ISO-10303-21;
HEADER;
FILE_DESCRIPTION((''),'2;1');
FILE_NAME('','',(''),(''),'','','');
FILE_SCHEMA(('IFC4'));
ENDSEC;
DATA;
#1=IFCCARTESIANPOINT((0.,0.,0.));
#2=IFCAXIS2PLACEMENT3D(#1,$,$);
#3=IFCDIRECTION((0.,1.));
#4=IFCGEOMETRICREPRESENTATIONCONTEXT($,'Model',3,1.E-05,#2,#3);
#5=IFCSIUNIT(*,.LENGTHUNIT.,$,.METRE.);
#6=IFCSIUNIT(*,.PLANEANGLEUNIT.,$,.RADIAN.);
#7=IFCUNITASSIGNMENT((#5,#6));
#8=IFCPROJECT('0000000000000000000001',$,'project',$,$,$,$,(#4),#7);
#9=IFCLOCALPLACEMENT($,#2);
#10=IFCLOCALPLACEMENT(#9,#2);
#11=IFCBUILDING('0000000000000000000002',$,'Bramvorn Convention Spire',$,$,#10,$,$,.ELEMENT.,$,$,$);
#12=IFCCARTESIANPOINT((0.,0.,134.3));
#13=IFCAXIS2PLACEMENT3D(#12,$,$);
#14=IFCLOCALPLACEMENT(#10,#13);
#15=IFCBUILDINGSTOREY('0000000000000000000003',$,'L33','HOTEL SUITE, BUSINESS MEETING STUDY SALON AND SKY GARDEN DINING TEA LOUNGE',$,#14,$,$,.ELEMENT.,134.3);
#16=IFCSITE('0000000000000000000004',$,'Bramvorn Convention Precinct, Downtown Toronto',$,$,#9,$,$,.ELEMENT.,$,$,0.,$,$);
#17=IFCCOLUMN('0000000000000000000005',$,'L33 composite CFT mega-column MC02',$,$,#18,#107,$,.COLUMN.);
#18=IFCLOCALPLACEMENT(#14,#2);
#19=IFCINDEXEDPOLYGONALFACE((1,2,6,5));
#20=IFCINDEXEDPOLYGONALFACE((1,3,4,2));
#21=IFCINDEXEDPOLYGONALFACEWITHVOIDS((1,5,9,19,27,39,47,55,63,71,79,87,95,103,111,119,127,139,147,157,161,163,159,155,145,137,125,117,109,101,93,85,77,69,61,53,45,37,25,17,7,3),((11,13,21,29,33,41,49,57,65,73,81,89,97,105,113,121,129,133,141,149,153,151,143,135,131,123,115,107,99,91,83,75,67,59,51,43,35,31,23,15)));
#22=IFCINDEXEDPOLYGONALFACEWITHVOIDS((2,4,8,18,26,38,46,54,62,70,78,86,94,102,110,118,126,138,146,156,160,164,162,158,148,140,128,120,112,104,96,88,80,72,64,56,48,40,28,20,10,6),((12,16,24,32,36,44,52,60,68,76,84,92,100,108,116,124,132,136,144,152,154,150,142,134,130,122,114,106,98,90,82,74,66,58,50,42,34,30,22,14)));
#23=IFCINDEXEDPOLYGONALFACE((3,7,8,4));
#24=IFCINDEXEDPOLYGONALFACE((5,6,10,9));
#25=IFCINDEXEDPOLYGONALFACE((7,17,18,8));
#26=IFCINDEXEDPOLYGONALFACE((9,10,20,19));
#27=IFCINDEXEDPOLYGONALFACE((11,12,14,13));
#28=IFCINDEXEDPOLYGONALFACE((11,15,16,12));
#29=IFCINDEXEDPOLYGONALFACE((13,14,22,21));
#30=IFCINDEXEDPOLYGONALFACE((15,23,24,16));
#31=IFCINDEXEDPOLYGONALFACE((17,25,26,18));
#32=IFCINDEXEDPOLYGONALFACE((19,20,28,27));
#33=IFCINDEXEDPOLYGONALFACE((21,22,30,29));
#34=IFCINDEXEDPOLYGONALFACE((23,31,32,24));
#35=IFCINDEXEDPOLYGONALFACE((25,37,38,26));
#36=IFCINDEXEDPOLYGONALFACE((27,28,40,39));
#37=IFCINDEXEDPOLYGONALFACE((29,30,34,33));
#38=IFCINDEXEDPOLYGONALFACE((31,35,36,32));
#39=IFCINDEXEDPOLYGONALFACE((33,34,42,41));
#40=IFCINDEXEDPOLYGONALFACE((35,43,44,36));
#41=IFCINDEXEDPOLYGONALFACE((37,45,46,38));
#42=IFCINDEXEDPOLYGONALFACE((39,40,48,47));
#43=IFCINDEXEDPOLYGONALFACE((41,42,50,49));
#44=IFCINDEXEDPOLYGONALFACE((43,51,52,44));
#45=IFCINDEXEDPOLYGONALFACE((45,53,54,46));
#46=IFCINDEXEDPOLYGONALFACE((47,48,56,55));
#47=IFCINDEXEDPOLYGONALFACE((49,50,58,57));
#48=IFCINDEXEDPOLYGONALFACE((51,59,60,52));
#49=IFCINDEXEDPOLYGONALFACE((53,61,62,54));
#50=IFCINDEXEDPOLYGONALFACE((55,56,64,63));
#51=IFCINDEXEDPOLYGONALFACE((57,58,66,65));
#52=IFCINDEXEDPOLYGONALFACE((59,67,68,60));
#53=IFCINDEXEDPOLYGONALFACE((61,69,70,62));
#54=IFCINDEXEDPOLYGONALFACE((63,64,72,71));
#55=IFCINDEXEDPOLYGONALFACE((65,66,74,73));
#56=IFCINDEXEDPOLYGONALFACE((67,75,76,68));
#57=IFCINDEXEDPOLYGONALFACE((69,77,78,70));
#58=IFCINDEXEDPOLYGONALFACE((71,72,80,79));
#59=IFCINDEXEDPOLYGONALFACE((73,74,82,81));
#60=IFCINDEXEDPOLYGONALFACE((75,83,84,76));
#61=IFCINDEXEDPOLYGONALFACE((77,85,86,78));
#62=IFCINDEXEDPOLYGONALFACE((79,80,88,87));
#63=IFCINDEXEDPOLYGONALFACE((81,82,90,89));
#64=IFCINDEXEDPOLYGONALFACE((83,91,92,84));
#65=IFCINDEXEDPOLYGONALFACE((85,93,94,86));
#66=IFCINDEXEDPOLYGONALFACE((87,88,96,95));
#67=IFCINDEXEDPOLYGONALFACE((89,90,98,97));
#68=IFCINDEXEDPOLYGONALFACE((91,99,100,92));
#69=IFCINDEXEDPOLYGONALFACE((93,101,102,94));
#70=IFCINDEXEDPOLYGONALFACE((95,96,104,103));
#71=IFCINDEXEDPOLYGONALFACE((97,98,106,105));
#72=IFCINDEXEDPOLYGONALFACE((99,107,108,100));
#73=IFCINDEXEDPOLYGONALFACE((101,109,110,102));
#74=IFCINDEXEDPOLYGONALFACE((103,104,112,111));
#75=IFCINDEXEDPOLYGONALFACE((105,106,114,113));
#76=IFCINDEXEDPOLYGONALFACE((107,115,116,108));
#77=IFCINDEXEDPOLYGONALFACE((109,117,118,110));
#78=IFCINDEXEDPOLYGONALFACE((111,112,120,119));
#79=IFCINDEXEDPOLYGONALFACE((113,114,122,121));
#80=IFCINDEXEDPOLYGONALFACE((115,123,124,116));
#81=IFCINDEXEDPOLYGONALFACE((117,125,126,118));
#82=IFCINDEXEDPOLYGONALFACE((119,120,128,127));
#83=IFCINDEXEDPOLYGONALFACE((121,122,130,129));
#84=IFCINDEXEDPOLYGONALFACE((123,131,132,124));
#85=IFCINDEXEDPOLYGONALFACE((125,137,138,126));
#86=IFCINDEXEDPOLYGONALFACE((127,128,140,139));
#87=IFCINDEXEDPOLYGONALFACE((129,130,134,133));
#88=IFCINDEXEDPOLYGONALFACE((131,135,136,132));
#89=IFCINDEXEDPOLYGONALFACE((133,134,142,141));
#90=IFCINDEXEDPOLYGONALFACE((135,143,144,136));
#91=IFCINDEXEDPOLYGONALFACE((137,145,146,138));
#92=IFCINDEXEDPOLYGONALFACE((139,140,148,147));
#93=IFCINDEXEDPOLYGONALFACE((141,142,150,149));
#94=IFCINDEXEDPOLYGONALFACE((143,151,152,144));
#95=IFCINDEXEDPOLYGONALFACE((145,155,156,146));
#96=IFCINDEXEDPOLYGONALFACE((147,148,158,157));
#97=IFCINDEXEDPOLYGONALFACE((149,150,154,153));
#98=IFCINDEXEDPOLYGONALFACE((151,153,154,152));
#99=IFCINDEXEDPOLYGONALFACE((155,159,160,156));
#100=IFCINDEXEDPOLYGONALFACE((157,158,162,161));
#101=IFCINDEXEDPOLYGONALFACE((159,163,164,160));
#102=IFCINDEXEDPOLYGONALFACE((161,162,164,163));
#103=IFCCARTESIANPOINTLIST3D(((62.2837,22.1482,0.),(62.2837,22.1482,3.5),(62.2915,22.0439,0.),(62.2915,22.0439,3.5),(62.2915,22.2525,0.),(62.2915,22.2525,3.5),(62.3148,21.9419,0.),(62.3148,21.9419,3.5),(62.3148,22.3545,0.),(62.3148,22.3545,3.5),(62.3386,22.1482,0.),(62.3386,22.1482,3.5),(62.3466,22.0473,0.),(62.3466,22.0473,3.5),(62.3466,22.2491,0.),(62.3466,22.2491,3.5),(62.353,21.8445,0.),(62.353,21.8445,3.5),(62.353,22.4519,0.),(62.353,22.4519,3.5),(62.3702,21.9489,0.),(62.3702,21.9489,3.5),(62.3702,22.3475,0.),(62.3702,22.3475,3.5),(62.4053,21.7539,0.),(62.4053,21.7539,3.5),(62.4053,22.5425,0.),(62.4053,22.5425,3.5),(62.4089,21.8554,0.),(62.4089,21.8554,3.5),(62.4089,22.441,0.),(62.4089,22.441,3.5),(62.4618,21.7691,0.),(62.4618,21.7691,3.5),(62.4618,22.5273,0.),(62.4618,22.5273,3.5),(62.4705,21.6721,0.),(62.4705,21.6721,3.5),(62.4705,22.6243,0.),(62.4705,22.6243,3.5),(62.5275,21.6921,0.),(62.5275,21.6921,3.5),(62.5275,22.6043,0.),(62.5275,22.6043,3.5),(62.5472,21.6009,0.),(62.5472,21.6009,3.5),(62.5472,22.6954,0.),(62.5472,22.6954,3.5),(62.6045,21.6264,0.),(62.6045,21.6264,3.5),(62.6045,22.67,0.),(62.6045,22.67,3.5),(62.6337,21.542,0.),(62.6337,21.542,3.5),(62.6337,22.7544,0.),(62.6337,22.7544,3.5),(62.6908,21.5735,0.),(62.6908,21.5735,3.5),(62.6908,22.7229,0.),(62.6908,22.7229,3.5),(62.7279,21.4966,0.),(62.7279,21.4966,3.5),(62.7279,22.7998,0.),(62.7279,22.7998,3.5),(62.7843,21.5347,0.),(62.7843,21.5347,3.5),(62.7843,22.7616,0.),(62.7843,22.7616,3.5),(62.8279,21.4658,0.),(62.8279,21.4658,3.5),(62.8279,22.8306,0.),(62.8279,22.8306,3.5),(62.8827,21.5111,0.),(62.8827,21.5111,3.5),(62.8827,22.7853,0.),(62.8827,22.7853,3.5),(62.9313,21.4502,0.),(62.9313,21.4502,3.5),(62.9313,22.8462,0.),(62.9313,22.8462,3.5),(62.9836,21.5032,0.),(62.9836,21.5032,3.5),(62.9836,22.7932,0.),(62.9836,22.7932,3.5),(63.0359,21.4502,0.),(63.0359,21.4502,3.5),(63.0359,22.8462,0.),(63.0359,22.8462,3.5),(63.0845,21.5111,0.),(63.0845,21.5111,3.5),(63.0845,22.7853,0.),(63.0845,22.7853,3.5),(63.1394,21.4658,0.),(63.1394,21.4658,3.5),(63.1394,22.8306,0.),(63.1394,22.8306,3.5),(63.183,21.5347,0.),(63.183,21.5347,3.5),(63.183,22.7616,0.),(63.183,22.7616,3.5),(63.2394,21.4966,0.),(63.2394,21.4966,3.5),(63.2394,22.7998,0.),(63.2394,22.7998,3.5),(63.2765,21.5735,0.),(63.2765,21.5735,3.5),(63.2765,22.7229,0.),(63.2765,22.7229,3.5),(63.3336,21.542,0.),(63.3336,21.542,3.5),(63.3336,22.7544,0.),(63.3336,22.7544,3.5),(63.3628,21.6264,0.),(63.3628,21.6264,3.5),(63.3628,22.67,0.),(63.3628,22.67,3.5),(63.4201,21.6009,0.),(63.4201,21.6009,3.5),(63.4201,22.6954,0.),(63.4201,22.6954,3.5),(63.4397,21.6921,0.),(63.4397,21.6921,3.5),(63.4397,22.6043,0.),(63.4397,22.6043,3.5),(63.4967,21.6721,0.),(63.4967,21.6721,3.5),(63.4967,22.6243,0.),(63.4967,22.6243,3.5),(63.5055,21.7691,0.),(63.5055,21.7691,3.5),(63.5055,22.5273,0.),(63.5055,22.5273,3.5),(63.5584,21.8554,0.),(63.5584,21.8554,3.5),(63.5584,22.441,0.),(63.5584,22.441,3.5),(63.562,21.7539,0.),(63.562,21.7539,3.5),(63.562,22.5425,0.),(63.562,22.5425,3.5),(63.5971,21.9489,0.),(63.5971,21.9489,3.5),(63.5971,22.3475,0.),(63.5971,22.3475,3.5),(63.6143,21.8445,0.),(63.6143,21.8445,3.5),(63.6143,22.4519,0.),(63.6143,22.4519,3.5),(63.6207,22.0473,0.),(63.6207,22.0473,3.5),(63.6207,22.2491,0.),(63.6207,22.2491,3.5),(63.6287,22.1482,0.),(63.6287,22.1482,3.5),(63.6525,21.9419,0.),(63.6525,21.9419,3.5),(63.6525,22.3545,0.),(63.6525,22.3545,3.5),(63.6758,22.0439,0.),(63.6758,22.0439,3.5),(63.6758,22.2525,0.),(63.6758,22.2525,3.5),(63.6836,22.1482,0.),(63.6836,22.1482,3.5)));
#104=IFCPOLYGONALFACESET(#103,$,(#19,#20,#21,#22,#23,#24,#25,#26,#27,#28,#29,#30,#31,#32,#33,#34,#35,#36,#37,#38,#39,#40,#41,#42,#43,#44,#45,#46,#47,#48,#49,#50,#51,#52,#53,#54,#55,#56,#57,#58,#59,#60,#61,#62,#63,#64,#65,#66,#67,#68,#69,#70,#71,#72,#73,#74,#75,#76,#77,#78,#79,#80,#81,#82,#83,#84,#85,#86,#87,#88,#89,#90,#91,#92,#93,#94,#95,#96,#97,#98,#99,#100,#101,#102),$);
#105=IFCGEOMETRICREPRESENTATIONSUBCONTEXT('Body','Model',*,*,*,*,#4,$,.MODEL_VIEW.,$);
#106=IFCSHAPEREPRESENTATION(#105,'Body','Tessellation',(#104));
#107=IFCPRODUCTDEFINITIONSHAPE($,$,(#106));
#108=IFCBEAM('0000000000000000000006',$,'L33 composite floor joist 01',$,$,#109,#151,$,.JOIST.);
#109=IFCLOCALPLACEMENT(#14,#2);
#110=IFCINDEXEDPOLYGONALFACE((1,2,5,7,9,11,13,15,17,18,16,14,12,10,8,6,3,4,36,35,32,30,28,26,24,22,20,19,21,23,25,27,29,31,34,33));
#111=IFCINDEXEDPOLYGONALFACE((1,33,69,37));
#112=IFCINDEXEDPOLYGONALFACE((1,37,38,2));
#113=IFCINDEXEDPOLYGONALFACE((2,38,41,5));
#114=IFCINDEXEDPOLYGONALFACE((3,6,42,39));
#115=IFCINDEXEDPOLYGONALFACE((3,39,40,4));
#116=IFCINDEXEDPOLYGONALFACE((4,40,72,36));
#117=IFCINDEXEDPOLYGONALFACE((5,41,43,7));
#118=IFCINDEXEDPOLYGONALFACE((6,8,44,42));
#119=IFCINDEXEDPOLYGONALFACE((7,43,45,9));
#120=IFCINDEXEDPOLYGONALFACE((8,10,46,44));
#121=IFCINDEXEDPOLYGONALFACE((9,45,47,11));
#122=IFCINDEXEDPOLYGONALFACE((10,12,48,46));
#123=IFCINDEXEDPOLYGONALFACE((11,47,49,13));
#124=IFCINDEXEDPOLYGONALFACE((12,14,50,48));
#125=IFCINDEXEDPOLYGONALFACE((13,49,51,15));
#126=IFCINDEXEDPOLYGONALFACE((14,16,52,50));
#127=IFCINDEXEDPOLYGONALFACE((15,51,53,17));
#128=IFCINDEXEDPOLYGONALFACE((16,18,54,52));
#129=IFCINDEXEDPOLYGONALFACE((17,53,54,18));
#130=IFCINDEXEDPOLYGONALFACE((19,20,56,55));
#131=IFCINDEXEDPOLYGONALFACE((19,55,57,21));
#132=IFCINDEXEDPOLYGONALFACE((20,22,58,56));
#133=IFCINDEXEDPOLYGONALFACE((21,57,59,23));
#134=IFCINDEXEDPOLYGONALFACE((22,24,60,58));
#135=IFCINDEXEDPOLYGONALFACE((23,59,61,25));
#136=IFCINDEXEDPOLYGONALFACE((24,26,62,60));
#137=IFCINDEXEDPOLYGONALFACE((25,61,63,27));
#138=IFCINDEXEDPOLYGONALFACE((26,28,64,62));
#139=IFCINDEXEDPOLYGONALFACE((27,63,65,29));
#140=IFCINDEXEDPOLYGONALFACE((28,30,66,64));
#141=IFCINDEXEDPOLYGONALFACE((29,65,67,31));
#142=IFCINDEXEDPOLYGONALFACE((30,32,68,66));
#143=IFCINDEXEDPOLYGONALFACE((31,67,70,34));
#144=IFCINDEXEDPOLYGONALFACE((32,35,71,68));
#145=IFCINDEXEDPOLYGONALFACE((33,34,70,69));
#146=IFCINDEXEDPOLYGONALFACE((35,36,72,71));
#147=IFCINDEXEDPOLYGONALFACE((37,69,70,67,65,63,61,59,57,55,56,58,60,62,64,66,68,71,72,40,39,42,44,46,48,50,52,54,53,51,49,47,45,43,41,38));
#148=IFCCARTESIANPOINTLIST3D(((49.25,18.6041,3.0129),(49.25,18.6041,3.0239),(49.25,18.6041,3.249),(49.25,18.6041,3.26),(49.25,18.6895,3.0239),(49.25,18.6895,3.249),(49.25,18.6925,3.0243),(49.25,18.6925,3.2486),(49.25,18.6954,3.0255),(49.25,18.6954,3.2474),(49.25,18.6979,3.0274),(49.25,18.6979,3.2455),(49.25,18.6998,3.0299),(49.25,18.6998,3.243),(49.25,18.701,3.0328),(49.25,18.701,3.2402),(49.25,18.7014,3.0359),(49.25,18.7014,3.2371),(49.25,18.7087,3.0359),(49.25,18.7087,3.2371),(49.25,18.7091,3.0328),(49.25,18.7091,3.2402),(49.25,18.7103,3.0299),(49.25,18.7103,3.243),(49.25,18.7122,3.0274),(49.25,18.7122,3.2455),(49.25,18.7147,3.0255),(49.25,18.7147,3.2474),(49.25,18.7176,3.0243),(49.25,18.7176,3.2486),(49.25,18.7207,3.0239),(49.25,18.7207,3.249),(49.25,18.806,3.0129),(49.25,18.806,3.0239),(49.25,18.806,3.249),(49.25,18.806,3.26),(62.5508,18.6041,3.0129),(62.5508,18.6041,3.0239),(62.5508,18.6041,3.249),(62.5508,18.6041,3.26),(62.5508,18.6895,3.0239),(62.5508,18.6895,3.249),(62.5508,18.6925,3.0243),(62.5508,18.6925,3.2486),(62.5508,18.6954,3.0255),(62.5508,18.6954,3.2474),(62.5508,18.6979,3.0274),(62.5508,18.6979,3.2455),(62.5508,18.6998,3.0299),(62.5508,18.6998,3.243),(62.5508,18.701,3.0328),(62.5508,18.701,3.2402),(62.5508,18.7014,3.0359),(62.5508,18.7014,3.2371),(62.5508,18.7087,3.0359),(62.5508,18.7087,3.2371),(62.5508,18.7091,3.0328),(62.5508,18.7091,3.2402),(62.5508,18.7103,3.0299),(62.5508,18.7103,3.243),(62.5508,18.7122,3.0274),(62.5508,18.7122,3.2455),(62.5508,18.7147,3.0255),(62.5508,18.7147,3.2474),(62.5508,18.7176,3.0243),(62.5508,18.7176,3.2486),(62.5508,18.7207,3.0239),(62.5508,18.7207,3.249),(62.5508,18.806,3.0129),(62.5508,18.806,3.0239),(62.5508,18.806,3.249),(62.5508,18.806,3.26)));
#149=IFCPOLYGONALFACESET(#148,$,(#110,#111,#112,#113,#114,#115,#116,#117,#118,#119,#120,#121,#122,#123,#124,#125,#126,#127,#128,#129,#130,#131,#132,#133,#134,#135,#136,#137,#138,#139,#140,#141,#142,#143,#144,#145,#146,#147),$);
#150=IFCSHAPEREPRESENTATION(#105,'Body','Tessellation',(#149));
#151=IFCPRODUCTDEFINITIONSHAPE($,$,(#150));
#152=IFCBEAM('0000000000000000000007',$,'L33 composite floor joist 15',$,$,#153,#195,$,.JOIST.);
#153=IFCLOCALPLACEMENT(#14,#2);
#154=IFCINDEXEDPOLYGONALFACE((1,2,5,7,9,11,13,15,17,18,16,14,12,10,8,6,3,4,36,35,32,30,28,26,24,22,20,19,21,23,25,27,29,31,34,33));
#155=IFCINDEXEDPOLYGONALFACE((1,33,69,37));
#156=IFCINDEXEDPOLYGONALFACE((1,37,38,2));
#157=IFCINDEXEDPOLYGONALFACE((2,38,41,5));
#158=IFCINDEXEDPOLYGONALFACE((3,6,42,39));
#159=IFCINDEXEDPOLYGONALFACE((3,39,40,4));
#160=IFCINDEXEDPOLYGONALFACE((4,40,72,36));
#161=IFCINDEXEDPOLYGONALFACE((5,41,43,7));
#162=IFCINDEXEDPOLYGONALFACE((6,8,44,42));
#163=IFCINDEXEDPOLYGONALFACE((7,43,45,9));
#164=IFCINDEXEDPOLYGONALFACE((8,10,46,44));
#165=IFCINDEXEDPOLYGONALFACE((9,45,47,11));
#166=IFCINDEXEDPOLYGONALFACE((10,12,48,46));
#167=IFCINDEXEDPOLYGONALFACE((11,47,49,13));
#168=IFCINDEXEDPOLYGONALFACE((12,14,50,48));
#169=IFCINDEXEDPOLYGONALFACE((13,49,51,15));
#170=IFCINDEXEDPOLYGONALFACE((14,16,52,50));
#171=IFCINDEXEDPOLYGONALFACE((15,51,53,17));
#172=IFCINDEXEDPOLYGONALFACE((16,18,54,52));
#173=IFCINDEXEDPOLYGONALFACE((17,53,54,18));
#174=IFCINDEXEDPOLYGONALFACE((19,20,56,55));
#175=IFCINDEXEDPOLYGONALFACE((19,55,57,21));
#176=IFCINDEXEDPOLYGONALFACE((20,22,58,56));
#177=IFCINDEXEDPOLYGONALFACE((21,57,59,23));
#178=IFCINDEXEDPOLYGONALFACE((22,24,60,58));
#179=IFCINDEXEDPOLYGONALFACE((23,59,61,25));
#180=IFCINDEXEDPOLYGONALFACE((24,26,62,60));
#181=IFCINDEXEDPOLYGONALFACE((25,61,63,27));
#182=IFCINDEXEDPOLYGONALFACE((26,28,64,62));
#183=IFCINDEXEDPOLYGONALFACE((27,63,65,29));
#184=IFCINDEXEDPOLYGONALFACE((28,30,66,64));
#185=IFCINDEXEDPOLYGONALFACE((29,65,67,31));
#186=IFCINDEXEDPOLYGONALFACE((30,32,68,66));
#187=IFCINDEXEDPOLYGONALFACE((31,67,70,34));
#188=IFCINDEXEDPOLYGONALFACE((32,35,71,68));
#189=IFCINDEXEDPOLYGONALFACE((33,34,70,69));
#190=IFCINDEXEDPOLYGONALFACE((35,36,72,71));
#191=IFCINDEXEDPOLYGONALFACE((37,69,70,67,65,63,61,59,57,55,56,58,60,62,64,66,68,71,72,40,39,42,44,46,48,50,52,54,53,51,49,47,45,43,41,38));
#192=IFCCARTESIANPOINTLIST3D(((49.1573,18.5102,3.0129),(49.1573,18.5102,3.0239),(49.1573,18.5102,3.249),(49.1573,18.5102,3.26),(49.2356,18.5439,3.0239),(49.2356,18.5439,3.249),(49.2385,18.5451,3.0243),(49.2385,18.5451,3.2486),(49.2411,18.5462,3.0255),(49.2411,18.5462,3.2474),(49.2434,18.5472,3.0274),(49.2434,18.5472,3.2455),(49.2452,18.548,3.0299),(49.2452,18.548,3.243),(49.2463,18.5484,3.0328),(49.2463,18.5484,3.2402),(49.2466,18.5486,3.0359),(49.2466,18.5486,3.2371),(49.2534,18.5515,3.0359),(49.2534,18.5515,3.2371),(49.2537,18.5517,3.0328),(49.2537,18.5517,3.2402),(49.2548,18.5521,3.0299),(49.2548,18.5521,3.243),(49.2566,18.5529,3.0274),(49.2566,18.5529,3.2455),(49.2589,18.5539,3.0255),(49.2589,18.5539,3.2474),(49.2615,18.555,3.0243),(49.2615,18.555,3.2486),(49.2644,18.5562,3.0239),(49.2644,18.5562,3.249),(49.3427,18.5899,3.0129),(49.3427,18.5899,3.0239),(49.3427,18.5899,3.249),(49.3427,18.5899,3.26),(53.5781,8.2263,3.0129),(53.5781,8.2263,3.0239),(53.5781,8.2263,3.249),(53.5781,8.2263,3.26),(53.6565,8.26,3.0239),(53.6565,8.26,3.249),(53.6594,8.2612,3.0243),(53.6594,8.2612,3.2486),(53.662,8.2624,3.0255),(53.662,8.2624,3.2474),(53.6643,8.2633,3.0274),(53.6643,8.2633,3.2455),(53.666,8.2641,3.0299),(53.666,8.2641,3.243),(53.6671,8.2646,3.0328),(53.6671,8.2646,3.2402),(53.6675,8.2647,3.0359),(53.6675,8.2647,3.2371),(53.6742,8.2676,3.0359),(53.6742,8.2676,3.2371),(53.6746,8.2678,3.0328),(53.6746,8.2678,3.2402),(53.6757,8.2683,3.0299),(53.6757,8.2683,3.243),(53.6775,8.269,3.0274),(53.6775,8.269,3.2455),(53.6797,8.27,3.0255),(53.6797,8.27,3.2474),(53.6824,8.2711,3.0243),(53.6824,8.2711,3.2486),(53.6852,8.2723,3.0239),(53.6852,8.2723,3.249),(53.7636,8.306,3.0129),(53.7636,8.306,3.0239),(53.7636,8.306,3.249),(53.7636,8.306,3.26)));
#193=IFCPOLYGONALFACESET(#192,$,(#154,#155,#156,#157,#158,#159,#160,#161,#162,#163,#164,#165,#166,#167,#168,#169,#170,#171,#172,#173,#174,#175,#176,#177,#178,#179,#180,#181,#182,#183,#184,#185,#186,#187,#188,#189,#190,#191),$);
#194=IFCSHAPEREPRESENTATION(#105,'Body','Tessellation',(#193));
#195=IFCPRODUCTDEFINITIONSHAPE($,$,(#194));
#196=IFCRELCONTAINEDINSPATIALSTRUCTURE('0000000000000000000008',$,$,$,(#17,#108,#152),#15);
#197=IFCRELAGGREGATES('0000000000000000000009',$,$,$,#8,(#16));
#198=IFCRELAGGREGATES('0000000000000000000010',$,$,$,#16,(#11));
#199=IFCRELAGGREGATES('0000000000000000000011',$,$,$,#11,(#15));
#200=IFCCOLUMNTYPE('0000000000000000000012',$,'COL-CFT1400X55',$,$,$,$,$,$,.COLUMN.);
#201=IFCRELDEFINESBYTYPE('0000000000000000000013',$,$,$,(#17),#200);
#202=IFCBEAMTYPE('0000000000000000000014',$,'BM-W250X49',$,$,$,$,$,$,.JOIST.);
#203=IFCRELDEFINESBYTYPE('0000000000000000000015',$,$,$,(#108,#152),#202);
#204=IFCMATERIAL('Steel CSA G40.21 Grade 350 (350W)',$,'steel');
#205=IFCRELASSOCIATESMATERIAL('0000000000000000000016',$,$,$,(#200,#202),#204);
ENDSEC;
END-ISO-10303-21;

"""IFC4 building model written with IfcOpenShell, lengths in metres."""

from ifc_helpers import new_model, si_unit, direction, frame, origin, origin_2d, place, context, subcontext, project, spatial, hollow_circle, i_section, extrude, material, material_profile, profile_set, type_object, element, save


model = new_model("IFC4")

# Units and contexts
model_context = context("Model", 3, precision=1e-05, world=origin(), true_north=direction((0.0, 1.0)))
body_context = subcontext(model_context, "Body", "Model", "MODEL_VIEW")
ifc_project = project(units=[si_unit("LENGTHUNIT", "METRE"), si_unit("PLANEANGLEUNIT", "RADIAN")], contexts=[model_context])

# Site, building, storey
site_placement = place(None, origin())
site = spatial("IfcSite", under=ifc_project, at=site_placement, Name="Bramvorn Convention Precinct, Downtown Toronto", CompositionType="ELEMENT", RefElevation=0.0)
building_placement = place(site_placement, origin())
building = spatial("IfcBuilding", under=site, at=building_placement, Name="Bramvorn Convention Spire", CompositionType="ELEMENT")
storey_placement = place(building_placement, frame((0.0, 0.0, 134.3)))
storey = spatial("IfcBuildingStorey", under=building, at=storey_placement, Name="L33", Description="HOTEL SUITE, BUSINESS MEETING STUDY SALON AND SKY GARDEN DINING TEA LOUNGE", CompositionType="ELEMENT", Elevation=134.3)

# Column
ifc_material_1 = material(Name="Steel CSA G40.21 Grade 350 (350W)", Category="steel")
ifc_material_profile_1 = material_profile(ifc_material_1, hollow_circle(Radius=0.7, WallThickness=0.0549, at=origin_2d()))
ifc_profile_set_1 = profile_set([ifc_material_profile_1], Name="Steel CSA G40.21 Grade 350 (350W) - CFT1400X55")
column_type = type_object("IfcColumnType", Name="COL-CFT1400X55", PredefinedType="COLUMN", material=ifc_profile_set_1)
column_placement = place(storey_placement, frame((62.9836, 22.1482, 0.0), z_axis=(0.0, 0.0, 1.0), x_axis=(1.0, 0.0, 0.0)))
element("IfcColumn", 1, at=column_placement, inside=storey, type_object=column_type, Name="L33 composite CFT mega-column MC02", PredefinedType="COLUMN", context=body_context, shape_type="SweptSolid", body=[
    extrude(hollow_circle(Radius=0.7, WallThickness=0.0549, at=origin_2d()), origin(), (0.0, 0.0, 1.0), 3.5),
])

# Beams
ifc_material_profile_2 = material_profile(ifc_material_1, i_section(OverallWidth=0.2019, OverallDepth=0.2471, WebThickness=0.0073, FlangeThickness=0.011, FilletRadius=0.012, at=origin_2d()))
ifc_profile_set_2 = profile_set([ifc_material_profile_2], Name="Steel CSA G40.21 Grade 350 (350W) - W250X49")
beam_type_1 = type_object("IfcBeamType", Name="BM-W250X49", PredefinedType="JOIST", material=ifc_profile_set_2)
beam_1_placement = place(storey_placement, frame((49.25, 18.7051, 3.1365), z_axis=(1.0, 0.0, 0.0), x_axis=(0.0, 1.0, 0.0)))
element("IfcBeam", 2, at=beam_1_placement, inside=storey, type_object=beam_type_1, Name="L33 composite floor joist 01", PredefinedType="JOIST", context=body_context, shape_type="SweptSolid", body=[
    extrude(i_section(OverallWidth=0.2019, OverallDepth=0.2471, WebThickness=0.0073, FlangeThickness=0.011, FilletRadius=0.012, at=origin_2d()), origin(), (0.0, 0.0, 1.0), 13.3008),
])
beam_2_placement = place(storey_placement, frame((49.25, 18.55, 3.1365), z_axis=(0.394938, -0.918708, 0.0), x_axis=(0.918708, 0.394938, 0.0)))
element("IfcBeam", 3, at=beam_2_placement, inside=storey, type_object=beam_type_1, Name="L33 composite floor joist 15", PredefinedType="JOIST", context=body_context, shape_type="SweptSolid", body=[
    extrude(i_section(OverallWidth=0.2019, OverallDepth=0.2471, WebThickness=0.0073, FlangeThickness=0.011, FilletRadius=0.012, at=origin_2d()), origin(), (0.0, 0.0, 1.0), 11.1938),
])

save(model, "model.ifc")
